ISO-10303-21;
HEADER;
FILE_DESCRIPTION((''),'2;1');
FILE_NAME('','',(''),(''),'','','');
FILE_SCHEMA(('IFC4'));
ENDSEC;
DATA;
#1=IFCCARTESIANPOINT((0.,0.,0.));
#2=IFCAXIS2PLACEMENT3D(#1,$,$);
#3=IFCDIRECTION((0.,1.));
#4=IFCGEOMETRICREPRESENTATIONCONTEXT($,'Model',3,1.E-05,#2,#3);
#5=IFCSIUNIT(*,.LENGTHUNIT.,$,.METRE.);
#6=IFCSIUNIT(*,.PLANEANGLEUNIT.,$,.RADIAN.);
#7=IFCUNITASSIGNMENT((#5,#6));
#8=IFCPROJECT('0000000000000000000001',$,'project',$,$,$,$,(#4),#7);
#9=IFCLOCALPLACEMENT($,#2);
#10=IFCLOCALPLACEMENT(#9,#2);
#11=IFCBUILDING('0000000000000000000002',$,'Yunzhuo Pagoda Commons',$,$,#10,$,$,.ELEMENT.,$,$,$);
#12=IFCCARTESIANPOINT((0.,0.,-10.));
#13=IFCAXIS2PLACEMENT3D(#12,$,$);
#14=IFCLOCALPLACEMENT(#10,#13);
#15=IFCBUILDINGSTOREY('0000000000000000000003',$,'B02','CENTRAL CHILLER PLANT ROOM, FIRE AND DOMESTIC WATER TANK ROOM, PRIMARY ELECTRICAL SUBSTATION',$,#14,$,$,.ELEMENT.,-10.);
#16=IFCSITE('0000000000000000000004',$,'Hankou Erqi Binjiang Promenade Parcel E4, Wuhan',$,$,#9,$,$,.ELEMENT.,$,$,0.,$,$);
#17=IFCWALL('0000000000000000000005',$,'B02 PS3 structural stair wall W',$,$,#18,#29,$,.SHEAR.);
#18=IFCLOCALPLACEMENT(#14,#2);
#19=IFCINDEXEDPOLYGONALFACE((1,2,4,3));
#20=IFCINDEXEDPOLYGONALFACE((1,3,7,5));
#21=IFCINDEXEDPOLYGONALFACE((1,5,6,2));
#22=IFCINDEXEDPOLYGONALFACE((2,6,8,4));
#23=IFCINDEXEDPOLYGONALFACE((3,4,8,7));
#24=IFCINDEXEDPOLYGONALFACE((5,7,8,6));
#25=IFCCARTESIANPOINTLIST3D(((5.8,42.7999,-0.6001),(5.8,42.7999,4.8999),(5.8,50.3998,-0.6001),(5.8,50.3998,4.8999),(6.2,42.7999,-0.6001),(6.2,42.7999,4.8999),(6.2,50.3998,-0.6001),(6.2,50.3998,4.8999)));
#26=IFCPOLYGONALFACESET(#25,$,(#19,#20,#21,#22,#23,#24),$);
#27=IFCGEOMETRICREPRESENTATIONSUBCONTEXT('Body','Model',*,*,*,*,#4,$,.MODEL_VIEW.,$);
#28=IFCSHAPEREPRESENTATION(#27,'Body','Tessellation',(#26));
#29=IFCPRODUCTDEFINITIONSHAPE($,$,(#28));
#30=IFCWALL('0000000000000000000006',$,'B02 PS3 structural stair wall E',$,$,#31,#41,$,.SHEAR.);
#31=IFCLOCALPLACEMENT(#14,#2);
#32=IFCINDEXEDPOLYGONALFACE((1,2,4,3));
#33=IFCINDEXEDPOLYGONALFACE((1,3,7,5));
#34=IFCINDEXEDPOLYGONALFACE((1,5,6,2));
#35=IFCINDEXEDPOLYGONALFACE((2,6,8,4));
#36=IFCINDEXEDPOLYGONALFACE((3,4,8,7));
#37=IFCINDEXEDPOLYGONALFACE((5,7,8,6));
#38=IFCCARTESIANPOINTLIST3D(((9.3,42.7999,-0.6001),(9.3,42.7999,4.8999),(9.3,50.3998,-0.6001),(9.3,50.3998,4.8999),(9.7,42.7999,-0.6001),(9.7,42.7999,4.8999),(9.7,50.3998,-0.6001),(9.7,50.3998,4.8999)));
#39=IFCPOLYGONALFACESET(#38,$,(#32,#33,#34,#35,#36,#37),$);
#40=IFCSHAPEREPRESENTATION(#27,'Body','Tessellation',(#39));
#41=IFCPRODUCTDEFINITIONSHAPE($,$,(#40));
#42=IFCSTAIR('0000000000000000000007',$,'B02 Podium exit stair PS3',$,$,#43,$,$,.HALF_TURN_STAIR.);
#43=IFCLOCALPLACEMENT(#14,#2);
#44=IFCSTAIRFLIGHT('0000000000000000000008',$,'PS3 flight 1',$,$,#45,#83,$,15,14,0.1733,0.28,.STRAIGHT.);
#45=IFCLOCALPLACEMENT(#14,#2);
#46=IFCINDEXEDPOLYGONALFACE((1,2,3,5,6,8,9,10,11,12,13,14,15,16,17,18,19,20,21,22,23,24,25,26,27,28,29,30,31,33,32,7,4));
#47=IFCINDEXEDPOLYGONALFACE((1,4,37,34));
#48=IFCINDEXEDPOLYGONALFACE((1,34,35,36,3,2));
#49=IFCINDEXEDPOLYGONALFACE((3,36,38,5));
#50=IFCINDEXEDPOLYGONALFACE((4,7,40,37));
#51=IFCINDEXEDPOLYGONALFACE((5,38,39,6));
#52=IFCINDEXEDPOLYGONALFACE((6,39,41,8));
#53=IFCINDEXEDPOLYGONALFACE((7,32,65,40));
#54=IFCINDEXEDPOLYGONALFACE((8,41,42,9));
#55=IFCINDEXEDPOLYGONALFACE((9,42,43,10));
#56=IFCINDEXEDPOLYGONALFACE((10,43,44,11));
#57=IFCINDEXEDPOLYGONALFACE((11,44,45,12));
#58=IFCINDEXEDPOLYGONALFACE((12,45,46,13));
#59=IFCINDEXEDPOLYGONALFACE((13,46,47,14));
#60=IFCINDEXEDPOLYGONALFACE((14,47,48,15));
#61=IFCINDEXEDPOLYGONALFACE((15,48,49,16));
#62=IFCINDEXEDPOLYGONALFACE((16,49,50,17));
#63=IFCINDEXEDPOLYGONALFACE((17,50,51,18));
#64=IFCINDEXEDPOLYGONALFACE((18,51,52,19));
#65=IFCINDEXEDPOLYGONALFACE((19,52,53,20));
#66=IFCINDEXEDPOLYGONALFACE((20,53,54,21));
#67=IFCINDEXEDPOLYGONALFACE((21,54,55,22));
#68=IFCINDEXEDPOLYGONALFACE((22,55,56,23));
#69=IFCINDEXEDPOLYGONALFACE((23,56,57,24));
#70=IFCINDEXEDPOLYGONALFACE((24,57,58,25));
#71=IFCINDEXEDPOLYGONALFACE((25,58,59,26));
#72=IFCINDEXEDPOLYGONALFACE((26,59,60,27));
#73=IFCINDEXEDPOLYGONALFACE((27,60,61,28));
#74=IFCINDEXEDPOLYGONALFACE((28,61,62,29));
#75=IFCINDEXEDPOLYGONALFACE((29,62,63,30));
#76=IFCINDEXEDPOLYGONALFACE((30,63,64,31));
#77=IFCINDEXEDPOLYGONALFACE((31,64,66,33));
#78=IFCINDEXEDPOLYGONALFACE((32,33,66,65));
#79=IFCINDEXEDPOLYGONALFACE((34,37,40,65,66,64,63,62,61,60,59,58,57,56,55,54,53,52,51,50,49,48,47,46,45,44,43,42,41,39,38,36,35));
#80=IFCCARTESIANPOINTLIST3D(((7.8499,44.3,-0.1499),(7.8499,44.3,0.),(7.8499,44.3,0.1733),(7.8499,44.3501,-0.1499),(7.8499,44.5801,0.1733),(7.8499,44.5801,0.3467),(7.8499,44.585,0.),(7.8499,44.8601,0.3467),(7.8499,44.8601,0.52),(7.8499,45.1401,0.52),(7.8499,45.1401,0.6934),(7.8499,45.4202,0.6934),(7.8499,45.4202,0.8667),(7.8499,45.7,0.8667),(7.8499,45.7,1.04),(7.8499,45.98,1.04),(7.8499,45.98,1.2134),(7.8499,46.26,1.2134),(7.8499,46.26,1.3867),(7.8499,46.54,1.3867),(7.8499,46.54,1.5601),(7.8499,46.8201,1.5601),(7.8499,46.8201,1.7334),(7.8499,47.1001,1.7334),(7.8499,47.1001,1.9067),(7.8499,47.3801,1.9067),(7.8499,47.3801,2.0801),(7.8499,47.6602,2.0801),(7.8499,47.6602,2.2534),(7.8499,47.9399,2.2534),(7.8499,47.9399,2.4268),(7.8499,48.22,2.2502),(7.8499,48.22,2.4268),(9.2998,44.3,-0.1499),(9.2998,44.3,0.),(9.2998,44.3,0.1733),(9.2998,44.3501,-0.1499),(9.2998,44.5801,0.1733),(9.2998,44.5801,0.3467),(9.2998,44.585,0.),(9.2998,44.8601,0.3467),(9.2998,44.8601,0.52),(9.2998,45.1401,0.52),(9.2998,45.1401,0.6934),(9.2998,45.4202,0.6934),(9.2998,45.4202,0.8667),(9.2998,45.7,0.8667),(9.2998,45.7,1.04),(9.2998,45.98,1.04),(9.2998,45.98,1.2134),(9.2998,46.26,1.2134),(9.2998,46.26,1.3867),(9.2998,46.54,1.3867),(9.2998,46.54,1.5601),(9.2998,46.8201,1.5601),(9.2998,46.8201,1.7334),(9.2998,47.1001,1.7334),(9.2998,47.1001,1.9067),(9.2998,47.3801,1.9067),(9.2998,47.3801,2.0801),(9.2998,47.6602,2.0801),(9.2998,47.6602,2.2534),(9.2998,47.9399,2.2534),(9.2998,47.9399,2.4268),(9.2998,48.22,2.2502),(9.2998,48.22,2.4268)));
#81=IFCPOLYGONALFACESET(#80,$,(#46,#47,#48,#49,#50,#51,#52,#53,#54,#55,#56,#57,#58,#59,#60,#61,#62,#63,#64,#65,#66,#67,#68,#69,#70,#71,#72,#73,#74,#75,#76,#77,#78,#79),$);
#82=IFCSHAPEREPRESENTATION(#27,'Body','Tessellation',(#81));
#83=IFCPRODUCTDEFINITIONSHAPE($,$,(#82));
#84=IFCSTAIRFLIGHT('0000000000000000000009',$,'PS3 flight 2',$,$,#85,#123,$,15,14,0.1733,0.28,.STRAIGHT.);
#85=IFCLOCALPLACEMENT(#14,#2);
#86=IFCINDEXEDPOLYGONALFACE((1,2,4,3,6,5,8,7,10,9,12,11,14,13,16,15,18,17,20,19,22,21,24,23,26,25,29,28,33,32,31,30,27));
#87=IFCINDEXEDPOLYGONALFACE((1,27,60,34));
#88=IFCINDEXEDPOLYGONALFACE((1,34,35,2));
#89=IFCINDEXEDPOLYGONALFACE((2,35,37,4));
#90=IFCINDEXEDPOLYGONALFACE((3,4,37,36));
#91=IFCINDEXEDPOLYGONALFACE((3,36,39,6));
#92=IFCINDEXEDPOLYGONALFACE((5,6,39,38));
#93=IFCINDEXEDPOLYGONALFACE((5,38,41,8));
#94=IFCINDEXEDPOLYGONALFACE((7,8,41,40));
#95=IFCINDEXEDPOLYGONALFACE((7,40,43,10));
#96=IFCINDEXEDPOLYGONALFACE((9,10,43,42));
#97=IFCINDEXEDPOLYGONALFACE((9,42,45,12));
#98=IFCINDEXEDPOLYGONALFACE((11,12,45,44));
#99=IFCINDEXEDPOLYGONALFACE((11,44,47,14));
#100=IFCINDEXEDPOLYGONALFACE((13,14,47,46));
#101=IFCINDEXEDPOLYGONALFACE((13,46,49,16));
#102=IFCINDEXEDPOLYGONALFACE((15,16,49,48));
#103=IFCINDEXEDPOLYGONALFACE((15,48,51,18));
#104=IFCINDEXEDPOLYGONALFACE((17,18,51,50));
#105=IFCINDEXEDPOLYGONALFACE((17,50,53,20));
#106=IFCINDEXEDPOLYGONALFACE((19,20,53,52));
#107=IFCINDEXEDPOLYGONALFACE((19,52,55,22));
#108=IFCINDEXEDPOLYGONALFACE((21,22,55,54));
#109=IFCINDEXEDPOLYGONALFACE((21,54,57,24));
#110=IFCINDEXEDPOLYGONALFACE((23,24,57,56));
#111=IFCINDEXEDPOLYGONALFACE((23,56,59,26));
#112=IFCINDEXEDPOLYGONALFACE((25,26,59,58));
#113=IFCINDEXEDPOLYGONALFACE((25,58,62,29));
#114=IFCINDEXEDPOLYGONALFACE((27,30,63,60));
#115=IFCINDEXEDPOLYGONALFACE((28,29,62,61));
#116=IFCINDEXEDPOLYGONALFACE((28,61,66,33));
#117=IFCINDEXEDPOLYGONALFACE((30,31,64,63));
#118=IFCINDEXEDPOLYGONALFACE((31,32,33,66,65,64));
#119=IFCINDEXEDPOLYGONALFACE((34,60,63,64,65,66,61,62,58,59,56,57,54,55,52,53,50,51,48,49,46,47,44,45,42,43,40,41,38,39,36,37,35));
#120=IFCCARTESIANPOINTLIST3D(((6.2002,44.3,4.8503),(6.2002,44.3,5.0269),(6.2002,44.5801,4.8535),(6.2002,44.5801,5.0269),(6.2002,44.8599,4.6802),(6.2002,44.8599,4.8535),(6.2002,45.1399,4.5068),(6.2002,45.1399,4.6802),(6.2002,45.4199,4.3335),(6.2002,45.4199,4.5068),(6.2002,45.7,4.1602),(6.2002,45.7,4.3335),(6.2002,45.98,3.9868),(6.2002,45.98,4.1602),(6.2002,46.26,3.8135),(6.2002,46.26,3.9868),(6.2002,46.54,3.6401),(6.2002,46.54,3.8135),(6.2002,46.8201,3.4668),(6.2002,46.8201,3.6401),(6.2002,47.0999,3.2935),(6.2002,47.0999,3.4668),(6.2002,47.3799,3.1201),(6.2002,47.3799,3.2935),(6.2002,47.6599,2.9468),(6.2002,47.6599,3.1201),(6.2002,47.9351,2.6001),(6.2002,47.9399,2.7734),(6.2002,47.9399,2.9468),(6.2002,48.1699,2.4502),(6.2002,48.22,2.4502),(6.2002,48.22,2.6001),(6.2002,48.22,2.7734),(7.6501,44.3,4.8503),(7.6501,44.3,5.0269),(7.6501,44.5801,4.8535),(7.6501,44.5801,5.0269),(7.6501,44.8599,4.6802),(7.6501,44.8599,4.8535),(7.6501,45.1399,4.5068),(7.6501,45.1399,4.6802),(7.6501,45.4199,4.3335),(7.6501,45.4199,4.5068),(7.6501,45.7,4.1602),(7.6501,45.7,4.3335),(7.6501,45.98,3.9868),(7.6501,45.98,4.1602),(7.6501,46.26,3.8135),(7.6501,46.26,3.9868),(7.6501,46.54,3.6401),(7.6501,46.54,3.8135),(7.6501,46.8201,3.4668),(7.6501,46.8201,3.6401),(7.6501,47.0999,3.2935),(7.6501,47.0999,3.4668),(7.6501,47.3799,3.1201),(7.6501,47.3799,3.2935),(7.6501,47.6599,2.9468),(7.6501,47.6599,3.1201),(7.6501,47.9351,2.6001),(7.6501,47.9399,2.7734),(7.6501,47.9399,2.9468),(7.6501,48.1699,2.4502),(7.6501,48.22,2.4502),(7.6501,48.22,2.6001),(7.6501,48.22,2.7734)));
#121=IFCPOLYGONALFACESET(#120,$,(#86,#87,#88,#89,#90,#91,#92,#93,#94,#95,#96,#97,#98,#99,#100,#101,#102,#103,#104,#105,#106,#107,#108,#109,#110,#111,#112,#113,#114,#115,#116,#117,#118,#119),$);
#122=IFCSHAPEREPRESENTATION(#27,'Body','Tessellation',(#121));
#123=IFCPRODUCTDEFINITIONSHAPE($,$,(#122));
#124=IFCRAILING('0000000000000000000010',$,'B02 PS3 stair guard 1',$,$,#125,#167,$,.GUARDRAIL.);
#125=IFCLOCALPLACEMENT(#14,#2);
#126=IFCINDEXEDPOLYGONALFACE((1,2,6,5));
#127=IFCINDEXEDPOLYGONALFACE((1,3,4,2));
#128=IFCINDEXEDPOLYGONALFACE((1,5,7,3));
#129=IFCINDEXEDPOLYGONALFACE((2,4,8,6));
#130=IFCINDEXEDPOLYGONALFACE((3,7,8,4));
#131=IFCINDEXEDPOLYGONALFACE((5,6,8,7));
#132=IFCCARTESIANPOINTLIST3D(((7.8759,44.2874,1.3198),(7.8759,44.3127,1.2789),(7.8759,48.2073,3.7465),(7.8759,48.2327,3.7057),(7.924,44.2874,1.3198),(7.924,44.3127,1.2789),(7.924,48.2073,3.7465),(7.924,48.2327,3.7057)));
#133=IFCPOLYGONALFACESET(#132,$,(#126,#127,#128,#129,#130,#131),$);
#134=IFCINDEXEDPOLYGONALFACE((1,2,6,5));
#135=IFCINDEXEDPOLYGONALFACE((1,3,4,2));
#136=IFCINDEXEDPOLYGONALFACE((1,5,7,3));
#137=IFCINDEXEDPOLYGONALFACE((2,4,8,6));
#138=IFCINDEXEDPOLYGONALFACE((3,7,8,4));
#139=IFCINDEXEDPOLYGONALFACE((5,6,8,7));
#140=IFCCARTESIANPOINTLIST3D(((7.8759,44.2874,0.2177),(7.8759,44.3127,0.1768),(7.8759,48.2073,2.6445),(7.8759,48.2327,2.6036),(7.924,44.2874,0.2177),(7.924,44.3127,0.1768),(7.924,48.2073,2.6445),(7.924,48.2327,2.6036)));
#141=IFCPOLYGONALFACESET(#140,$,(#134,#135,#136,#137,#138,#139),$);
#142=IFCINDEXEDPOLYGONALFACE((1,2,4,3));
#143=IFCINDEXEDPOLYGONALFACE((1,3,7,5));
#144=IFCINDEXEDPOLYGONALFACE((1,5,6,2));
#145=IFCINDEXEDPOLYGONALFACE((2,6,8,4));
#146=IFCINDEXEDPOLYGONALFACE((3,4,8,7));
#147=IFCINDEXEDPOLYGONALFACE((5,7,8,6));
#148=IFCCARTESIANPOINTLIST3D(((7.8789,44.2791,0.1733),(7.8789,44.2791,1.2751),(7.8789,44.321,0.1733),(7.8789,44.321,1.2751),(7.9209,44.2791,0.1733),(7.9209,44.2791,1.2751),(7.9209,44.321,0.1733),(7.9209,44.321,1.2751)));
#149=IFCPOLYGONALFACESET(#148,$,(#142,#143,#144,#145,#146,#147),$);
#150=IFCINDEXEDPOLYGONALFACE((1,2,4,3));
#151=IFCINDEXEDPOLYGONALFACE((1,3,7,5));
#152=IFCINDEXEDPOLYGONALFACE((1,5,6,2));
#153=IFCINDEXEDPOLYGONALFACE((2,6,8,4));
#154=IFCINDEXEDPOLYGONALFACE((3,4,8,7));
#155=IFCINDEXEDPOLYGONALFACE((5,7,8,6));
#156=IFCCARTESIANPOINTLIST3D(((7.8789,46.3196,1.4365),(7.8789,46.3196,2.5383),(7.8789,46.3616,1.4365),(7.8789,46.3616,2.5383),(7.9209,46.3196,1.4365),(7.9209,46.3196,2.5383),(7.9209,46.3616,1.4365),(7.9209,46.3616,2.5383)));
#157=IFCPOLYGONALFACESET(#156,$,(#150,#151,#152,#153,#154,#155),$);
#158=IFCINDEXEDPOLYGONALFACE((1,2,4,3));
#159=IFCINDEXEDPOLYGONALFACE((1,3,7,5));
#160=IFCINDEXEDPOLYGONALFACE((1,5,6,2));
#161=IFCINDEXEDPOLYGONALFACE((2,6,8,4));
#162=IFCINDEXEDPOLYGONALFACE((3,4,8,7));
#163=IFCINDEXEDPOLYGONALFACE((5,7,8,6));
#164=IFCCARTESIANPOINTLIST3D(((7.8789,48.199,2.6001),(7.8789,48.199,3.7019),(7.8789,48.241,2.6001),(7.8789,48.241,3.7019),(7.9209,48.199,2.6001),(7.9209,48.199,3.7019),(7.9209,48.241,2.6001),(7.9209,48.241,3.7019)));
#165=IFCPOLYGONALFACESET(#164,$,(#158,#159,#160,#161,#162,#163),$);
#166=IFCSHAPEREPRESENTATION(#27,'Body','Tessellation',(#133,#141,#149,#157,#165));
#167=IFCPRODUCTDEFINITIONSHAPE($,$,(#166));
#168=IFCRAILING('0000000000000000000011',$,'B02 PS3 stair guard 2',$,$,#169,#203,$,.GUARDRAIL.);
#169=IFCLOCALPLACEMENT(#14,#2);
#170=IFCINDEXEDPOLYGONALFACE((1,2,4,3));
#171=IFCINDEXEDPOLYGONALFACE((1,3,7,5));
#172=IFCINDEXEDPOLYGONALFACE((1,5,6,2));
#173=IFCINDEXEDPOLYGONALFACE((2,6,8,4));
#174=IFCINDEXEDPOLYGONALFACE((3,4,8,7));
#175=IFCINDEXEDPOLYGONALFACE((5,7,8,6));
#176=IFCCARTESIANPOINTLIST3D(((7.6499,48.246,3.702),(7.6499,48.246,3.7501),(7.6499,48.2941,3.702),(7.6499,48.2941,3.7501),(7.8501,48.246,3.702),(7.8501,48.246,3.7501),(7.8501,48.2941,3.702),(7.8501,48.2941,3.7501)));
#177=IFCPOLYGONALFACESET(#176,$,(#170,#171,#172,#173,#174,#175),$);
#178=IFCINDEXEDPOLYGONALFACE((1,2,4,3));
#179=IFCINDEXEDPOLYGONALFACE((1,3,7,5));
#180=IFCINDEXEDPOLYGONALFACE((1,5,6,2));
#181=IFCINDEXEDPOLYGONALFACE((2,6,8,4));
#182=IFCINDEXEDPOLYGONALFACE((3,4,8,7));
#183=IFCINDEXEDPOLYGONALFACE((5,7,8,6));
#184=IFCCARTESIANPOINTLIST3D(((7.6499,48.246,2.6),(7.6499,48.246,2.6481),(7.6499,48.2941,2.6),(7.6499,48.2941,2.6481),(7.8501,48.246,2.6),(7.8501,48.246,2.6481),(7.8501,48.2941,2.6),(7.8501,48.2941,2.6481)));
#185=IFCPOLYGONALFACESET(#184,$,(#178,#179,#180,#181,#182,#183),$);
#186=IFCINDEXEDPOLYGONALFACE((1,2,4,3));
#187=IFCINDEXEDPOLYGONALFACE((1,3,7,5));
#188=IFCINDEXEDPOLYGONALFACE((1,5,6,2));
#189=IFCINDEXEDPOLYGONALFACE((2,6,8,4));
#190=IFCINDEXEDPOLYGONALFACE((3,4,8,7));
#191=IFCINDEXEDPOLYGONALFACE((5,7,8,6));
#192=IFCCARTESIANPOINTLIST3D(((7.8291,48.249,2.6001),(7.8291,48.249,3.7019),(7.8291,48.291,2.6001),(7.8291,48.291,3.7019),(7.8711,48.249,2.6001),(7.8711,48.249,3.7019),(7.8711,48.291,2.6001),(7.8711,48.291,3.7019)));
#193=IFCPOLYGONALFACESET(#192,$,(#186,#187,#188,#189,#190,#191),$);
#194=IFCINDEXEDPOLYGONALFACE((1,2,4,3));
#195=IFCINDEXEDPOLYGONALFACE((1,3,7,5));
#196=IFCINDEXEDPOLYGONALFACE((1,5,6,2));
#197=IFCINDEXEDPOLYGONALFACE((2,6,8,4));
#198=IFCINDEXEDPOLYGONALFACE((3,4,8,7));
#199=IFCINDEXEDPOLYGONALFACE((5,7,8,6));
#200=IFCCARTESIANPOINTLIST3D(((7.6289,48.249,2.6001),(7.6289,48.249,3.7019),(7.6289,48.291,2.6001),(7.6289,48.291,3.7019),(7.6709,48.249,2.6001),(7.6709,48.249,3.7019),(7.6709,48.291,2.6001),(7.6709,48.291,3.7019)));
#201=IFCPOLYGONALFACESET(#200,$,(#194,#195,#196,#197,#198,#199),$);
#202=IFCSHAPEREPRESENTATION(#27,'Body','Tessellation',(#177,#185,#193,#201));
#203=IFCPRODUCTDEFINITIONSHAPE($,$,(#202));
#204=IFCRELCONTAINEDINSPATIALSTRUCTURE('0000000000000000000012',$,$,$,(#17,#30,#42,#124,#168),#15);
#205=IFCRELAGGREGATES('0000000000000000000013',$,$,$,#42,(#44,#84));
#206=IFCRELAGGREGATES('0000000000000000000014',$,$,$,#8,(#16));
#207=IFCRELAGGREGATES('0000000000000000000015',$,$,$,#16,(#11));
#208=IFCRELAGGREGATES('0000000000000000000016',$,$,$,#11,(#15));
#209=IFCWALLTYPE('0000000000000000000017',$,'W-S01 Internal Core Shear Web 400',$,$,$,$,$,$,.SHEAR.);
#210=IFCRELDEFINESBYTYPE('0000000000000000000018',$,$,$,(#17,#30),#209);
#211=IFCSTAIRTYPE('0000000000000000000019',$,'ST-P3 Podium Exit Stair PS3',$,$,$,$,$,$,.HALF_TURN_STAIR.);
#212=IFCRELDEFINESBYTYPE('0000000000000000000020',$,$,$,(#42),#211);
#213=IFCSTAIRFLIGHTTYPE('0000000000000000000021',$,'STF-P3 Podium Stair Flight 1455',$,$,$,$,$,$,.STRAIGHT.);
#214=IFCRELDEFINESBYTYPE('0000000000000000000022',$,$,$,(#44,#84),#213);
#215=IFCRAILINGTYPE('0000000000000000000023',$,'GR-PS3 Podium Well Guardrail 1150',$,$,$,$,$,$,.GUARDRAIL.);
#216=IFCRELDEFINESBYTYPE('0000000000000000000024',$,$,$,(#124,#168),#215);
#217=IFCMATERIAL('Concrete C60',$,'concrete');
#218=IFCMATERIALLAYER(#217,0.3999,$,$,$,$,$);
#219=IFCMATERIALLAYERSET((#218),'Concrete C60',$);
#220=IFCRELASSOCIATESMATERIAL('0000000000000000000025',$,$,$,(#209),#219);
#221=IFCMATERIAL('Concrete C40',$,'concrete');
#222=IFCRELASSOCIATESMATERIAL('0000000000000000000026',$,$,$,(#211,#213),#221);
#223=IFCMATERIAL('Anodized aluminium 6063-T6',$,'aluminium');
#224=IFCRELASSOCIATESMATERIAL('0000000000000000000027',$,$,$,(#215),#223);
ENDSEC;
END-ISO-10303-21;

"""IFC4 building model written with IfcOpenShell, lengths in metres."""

from ifc_helpers import new_model, si_unit, direction, frame, frame_2d, origin, origin_2d, place, context, subcontext, project, spatial, polyline, rectangle, outline, extrude, source, transform, mapped, material, layer, layer_set, type_object, element, aggregate, save


model = new_model("IFC4")

# Units and contexts
model_context = context("Model", 3, precision=1e-05, world=origin(), true_north=direction((0.0, 1.0)))
body_context = subcontext(model_context, "Body", "Model", "MODEL_VIEW")
ifc_project = project(units=[si_unit("LENGTHUNIT", "METRE"), si_unit("PLANEANGLEUNIT", "RADIAN")], contexts=[model_context])

# Site, building, storey
site_placement = place(None, origin())
site = spatial("IfcSite", under=ifc_project, at=site_placement, Name="Hankou Erqi Binjiang Promenade Parcel E4, Wuhan", CompositionType="ELEMENT", RefElevation=0.0)
building_placement = place(site_placement, origin())
building = spatial("IfcBuilding", under=site, at=building_placement, Name="Yunzhuo Pagoda Commons", CompositionType="ELEMENT")
storey_placement = place(building_placement, frame((0.0, 0.0, -10.0)))
storey = spatial("IfcBuildingStorey", under=building, at=storey_placement, Name="B02", Description="CENTRAL CHILLER PLANT ROOM, FIRE AND DOMESTIC WATER TANK ROOM, PRIMARY ELECTRICAL SUBSTATION", CompositionType="ELEMENT", Elevation=-10.0)

# Shared definitions
ifc_material_1 = material(Name="Concrete C60", Category="concrete")
ifc_layer_1 = layer(ifc_material_1, 0.3999)
ifc_layer_set_1 = layer_set([ifc_layer_1], Name="Concrete C60")
wall_type_1 = type_object("IfcWallType", Name="W-S01 Internal Core Shear Web 400", PredefinedType="SHEAR", material=ifc_layer_set_1)

# Walls
for number, where, z_axis, x_axis, name in (
    (1, (6.0, 42.8, -0.6001), (0.0, 0.0, 1.0), (0.0, 1.0, 0.0), "B02 PS3 structural stair wall W"),
    (2, (9.5, 42.8, -0.6001), (0.0, 0.0, 1.0), (0.0, 1.0, 0.0), "B02 PS3 structural stair wall E"),
):
    element("IfcWall", number, at=place(storey_placement, frame(where, z_axis=z_axis, x_axis=x_axis)), inside=storey, type_object=wall_type_1, Name=name, PredefinedType="SHEAR", context=body_context, shape_type="SweptSolid", body=[
        extrude(rectangle(XDim=7.5999, YDim=0.3999, at=frame_2d((3.7998, 0.0))), origin(), (0.0, 0.0, 1.0), 5.5),
    ])

# Stair, stair flights
ifc_material_2 = material(Name="Concrete C40", Category="concrete")
stair_type = type_object("IfcStairType", Name="ST-P3 Podium Exit Stair PS3", PredefinedType="HALF_TURN_STAIR", material=ifc_material_2)
stair_placement = place(storey_placement, origin())
stair = element("IfcStair", 3, at=stair_placement, inside=storey, type_object=stair_type, Name="B02 Podium exit stair PS3", PredefinedType="HALF_TURN_STAIR")
stair_flight_type = type_object("IfcStairFlightType", Name="STF-P3 Podium Stair Flight 1455", PredefinedType="STRAIGHT", material=ifc_material_2)
shared_shape_1 = source(origin(), body_context, "Body", "SweptSolid", [
    extrude(outline(polyline([(0.0, -0.1499), (0.0, 0.0), (0.0, 0.1733), (0.28, 0.1733), (0.28, 0.3467), (0.5601, 0.3467), (0.5601, 0.52), (0.8401, 0.52), (0.8401, 0.6934), (1.1201, 0.6934), (1.1201, 0.8667), (1.3999, 0.8667), (1.3999, 1.04), (1.6799, 1.04), (1.6799, 1.2134), (1.96, 1.2134), (1.96, 1.3867), (2.24, 1.3867), (2.24, 1.5601), (2.52, 1.5601), (2.52, 1.7334), (2.8, 1.7334), (2.8, 1.9067), (3.0801, 1.9067), (3.0801, 2.0801), (3.3601, 2.0801), (3.3601, 2.2534), (3.6399, 2.2534), (3.6399, 2.4268), (3.9199, 2.4268), (3.9199, 2.6001), (3.9199, 2.2502), (0.2849, 0.0), (0.05, -0.1499), (0.0, -0.1499)])), frame((0.0, 0.7251, 0.0), z_axis=(0.0, -1.0, 0.0), x_axis=(1.0, 0.0, 0.0)), (0.0, 0.0, 1.0), 1.45),
])
stair_flight_1_placement = place(storey_placement, frame((8.575, 44.3, 0.0), z_axis=(0.0, 0.0, 1.0), x_axis=(0.0, 1.0, 0.0)))
stair_flight_1 = element("IfcStairFlight", 4, at=stair_flight_1_placement, type_object=stair_flight_type, Name="PS3 flight 1", NumberOfRisers=15, NumberOfTreads=14, PredefinedType="STRAIGHT", RiserHeight=0.1733, TreadLength=0.28, context=body_context, shape_type="MappedRepresentation", body=[
    mapped(shared_shape_1, transform((0.0, 0.0, 0.0), scale=1.0)),
])
stair_flight_2_placement = place(storey_placement, frame((6.925, 48.22, 2.6001), z_axis=(0.0, 0.0, 1.0), x_axis=(0.0, -1.0, 0.0)))
stair_flight_2 = element("IfcStairFlight", 5, at=stair_flight_2_placement, type_object=stair_flight_type, Name="PS3 flight 2", NumberOfRisers=15, NumberOfTreads=14, PredefinedType="STRAIGHT", RiserHeight=0.1733, TreadLength=0.28, context=body_context, shape_type="MappedRepresentation", body=[
    mapped(shared_shape_1, transform((0.0, 0.0, 0.0), scale=1.0)),
])
aggregate(stair, [stair_flight_1, stair_flight_2])

# Railings
ifc_material_3 = material(Name="Anodized aluminium 6063-T6", Category="aluminium")
railing_type_1 = type_object("IfcRailingType", Name="GR-PS3 Podium Well Guardrail 1150", PredefinedType="GUARDRAIL", material=ifc_material_3)
railing_1_placement = place(storey_placement, frame((7.8999, 44.3, 0.1733)))
element("IfcRailing", 6, at=railing_1_placement, inside=storey, type_object=railing_type_1, Name="B02 PS3 stair guard 1", PredefinedType="GUARDRAIL", context=body_context, shape_type="SweptSolid", body=[
    extrude(rectangle(XDim=0.0481, YDim=0.0481, at=origin_2d()), frame((0.0, 0.0, 1.126), z_axis=(0.0, 0.850252, 0.526376), x_axis=(-1.0, 0.0, 0.0)), (0.0, 0.0, 1.0), 4.6104),
    extrude(rectangle(XDim=0.0481, YDim=0.0481, at=origin_2d()), frame((0.0, 0.0, 0.0239), z_axis=(0.0, 0.850252, 0.526376), x_axis=(-1.0, 0.0, 0.0)), (0.0, 0.0, 1.0), 4.6104),
    extrude(rectangle(XDim=0.042, YDim=0.042, at=origin_2d()), origin(), (0.0, 0.0, 1.0), 1.1018),
    extrude(rectangle(XDim=0.042, YDim=0.042, at=origin_2d()), frame((0.0, 2.0405, 1.2632)), (0.0, 0.0, 1.0), 1.1018),
    extrude(rectangle(XDim=0.042, YDim=0.042, at=origin_2d()), frame((0.0, 3.9199, 2.4268)), (0.0, 0.0, 1.0), 1.1018),
])
railing_2_placement = place(storey_placement, frame((7.8501, 48.27, 2.6001)))
element("IfcRailing", 7, at=railing_2_placement, inside=storey, type_object=railing_type_1, Name="B02 PS3 stair guard 2", PredefinedType="GUARDRAIL", context=body_context, shape_type="SweptSolid", body=[
    extrude(rectangle(XDim=0.0481, YDim=0.0481, at=origin_2d()), frame((0.0, 0.0, 1.126), z_axis=(-1.0, 0.0, 0.0), x_axis=(0.0, -1.0, 0.0)), (0.0, 0.0, 1.0), 0.2002),
    extrude(rectangle(XDim=0.0481, YDim=0.0481, at=origin_2d()), frame((0.0, 0.0, 0.0239), z_axis=(-1.0, 0.0, 0.0), x_axis=(0.0, -1.0, 0.0)), (0.0, 0.0, 1.0), 0.2002),
    extrude(rectangle(XDim=0.042, YDim=0.042, at=origin_2d()), origin(), (0.0, 0.0, 1.0), 1.1018),
    extrude(rectangle(XDim=0.042, YDim=0.042, at=origin_2d()), frame((-0.2002, 0.0, 0.0)), (0.0, 0.0, 1.0), 1.1018),
])

save(model, "model.ifc")
